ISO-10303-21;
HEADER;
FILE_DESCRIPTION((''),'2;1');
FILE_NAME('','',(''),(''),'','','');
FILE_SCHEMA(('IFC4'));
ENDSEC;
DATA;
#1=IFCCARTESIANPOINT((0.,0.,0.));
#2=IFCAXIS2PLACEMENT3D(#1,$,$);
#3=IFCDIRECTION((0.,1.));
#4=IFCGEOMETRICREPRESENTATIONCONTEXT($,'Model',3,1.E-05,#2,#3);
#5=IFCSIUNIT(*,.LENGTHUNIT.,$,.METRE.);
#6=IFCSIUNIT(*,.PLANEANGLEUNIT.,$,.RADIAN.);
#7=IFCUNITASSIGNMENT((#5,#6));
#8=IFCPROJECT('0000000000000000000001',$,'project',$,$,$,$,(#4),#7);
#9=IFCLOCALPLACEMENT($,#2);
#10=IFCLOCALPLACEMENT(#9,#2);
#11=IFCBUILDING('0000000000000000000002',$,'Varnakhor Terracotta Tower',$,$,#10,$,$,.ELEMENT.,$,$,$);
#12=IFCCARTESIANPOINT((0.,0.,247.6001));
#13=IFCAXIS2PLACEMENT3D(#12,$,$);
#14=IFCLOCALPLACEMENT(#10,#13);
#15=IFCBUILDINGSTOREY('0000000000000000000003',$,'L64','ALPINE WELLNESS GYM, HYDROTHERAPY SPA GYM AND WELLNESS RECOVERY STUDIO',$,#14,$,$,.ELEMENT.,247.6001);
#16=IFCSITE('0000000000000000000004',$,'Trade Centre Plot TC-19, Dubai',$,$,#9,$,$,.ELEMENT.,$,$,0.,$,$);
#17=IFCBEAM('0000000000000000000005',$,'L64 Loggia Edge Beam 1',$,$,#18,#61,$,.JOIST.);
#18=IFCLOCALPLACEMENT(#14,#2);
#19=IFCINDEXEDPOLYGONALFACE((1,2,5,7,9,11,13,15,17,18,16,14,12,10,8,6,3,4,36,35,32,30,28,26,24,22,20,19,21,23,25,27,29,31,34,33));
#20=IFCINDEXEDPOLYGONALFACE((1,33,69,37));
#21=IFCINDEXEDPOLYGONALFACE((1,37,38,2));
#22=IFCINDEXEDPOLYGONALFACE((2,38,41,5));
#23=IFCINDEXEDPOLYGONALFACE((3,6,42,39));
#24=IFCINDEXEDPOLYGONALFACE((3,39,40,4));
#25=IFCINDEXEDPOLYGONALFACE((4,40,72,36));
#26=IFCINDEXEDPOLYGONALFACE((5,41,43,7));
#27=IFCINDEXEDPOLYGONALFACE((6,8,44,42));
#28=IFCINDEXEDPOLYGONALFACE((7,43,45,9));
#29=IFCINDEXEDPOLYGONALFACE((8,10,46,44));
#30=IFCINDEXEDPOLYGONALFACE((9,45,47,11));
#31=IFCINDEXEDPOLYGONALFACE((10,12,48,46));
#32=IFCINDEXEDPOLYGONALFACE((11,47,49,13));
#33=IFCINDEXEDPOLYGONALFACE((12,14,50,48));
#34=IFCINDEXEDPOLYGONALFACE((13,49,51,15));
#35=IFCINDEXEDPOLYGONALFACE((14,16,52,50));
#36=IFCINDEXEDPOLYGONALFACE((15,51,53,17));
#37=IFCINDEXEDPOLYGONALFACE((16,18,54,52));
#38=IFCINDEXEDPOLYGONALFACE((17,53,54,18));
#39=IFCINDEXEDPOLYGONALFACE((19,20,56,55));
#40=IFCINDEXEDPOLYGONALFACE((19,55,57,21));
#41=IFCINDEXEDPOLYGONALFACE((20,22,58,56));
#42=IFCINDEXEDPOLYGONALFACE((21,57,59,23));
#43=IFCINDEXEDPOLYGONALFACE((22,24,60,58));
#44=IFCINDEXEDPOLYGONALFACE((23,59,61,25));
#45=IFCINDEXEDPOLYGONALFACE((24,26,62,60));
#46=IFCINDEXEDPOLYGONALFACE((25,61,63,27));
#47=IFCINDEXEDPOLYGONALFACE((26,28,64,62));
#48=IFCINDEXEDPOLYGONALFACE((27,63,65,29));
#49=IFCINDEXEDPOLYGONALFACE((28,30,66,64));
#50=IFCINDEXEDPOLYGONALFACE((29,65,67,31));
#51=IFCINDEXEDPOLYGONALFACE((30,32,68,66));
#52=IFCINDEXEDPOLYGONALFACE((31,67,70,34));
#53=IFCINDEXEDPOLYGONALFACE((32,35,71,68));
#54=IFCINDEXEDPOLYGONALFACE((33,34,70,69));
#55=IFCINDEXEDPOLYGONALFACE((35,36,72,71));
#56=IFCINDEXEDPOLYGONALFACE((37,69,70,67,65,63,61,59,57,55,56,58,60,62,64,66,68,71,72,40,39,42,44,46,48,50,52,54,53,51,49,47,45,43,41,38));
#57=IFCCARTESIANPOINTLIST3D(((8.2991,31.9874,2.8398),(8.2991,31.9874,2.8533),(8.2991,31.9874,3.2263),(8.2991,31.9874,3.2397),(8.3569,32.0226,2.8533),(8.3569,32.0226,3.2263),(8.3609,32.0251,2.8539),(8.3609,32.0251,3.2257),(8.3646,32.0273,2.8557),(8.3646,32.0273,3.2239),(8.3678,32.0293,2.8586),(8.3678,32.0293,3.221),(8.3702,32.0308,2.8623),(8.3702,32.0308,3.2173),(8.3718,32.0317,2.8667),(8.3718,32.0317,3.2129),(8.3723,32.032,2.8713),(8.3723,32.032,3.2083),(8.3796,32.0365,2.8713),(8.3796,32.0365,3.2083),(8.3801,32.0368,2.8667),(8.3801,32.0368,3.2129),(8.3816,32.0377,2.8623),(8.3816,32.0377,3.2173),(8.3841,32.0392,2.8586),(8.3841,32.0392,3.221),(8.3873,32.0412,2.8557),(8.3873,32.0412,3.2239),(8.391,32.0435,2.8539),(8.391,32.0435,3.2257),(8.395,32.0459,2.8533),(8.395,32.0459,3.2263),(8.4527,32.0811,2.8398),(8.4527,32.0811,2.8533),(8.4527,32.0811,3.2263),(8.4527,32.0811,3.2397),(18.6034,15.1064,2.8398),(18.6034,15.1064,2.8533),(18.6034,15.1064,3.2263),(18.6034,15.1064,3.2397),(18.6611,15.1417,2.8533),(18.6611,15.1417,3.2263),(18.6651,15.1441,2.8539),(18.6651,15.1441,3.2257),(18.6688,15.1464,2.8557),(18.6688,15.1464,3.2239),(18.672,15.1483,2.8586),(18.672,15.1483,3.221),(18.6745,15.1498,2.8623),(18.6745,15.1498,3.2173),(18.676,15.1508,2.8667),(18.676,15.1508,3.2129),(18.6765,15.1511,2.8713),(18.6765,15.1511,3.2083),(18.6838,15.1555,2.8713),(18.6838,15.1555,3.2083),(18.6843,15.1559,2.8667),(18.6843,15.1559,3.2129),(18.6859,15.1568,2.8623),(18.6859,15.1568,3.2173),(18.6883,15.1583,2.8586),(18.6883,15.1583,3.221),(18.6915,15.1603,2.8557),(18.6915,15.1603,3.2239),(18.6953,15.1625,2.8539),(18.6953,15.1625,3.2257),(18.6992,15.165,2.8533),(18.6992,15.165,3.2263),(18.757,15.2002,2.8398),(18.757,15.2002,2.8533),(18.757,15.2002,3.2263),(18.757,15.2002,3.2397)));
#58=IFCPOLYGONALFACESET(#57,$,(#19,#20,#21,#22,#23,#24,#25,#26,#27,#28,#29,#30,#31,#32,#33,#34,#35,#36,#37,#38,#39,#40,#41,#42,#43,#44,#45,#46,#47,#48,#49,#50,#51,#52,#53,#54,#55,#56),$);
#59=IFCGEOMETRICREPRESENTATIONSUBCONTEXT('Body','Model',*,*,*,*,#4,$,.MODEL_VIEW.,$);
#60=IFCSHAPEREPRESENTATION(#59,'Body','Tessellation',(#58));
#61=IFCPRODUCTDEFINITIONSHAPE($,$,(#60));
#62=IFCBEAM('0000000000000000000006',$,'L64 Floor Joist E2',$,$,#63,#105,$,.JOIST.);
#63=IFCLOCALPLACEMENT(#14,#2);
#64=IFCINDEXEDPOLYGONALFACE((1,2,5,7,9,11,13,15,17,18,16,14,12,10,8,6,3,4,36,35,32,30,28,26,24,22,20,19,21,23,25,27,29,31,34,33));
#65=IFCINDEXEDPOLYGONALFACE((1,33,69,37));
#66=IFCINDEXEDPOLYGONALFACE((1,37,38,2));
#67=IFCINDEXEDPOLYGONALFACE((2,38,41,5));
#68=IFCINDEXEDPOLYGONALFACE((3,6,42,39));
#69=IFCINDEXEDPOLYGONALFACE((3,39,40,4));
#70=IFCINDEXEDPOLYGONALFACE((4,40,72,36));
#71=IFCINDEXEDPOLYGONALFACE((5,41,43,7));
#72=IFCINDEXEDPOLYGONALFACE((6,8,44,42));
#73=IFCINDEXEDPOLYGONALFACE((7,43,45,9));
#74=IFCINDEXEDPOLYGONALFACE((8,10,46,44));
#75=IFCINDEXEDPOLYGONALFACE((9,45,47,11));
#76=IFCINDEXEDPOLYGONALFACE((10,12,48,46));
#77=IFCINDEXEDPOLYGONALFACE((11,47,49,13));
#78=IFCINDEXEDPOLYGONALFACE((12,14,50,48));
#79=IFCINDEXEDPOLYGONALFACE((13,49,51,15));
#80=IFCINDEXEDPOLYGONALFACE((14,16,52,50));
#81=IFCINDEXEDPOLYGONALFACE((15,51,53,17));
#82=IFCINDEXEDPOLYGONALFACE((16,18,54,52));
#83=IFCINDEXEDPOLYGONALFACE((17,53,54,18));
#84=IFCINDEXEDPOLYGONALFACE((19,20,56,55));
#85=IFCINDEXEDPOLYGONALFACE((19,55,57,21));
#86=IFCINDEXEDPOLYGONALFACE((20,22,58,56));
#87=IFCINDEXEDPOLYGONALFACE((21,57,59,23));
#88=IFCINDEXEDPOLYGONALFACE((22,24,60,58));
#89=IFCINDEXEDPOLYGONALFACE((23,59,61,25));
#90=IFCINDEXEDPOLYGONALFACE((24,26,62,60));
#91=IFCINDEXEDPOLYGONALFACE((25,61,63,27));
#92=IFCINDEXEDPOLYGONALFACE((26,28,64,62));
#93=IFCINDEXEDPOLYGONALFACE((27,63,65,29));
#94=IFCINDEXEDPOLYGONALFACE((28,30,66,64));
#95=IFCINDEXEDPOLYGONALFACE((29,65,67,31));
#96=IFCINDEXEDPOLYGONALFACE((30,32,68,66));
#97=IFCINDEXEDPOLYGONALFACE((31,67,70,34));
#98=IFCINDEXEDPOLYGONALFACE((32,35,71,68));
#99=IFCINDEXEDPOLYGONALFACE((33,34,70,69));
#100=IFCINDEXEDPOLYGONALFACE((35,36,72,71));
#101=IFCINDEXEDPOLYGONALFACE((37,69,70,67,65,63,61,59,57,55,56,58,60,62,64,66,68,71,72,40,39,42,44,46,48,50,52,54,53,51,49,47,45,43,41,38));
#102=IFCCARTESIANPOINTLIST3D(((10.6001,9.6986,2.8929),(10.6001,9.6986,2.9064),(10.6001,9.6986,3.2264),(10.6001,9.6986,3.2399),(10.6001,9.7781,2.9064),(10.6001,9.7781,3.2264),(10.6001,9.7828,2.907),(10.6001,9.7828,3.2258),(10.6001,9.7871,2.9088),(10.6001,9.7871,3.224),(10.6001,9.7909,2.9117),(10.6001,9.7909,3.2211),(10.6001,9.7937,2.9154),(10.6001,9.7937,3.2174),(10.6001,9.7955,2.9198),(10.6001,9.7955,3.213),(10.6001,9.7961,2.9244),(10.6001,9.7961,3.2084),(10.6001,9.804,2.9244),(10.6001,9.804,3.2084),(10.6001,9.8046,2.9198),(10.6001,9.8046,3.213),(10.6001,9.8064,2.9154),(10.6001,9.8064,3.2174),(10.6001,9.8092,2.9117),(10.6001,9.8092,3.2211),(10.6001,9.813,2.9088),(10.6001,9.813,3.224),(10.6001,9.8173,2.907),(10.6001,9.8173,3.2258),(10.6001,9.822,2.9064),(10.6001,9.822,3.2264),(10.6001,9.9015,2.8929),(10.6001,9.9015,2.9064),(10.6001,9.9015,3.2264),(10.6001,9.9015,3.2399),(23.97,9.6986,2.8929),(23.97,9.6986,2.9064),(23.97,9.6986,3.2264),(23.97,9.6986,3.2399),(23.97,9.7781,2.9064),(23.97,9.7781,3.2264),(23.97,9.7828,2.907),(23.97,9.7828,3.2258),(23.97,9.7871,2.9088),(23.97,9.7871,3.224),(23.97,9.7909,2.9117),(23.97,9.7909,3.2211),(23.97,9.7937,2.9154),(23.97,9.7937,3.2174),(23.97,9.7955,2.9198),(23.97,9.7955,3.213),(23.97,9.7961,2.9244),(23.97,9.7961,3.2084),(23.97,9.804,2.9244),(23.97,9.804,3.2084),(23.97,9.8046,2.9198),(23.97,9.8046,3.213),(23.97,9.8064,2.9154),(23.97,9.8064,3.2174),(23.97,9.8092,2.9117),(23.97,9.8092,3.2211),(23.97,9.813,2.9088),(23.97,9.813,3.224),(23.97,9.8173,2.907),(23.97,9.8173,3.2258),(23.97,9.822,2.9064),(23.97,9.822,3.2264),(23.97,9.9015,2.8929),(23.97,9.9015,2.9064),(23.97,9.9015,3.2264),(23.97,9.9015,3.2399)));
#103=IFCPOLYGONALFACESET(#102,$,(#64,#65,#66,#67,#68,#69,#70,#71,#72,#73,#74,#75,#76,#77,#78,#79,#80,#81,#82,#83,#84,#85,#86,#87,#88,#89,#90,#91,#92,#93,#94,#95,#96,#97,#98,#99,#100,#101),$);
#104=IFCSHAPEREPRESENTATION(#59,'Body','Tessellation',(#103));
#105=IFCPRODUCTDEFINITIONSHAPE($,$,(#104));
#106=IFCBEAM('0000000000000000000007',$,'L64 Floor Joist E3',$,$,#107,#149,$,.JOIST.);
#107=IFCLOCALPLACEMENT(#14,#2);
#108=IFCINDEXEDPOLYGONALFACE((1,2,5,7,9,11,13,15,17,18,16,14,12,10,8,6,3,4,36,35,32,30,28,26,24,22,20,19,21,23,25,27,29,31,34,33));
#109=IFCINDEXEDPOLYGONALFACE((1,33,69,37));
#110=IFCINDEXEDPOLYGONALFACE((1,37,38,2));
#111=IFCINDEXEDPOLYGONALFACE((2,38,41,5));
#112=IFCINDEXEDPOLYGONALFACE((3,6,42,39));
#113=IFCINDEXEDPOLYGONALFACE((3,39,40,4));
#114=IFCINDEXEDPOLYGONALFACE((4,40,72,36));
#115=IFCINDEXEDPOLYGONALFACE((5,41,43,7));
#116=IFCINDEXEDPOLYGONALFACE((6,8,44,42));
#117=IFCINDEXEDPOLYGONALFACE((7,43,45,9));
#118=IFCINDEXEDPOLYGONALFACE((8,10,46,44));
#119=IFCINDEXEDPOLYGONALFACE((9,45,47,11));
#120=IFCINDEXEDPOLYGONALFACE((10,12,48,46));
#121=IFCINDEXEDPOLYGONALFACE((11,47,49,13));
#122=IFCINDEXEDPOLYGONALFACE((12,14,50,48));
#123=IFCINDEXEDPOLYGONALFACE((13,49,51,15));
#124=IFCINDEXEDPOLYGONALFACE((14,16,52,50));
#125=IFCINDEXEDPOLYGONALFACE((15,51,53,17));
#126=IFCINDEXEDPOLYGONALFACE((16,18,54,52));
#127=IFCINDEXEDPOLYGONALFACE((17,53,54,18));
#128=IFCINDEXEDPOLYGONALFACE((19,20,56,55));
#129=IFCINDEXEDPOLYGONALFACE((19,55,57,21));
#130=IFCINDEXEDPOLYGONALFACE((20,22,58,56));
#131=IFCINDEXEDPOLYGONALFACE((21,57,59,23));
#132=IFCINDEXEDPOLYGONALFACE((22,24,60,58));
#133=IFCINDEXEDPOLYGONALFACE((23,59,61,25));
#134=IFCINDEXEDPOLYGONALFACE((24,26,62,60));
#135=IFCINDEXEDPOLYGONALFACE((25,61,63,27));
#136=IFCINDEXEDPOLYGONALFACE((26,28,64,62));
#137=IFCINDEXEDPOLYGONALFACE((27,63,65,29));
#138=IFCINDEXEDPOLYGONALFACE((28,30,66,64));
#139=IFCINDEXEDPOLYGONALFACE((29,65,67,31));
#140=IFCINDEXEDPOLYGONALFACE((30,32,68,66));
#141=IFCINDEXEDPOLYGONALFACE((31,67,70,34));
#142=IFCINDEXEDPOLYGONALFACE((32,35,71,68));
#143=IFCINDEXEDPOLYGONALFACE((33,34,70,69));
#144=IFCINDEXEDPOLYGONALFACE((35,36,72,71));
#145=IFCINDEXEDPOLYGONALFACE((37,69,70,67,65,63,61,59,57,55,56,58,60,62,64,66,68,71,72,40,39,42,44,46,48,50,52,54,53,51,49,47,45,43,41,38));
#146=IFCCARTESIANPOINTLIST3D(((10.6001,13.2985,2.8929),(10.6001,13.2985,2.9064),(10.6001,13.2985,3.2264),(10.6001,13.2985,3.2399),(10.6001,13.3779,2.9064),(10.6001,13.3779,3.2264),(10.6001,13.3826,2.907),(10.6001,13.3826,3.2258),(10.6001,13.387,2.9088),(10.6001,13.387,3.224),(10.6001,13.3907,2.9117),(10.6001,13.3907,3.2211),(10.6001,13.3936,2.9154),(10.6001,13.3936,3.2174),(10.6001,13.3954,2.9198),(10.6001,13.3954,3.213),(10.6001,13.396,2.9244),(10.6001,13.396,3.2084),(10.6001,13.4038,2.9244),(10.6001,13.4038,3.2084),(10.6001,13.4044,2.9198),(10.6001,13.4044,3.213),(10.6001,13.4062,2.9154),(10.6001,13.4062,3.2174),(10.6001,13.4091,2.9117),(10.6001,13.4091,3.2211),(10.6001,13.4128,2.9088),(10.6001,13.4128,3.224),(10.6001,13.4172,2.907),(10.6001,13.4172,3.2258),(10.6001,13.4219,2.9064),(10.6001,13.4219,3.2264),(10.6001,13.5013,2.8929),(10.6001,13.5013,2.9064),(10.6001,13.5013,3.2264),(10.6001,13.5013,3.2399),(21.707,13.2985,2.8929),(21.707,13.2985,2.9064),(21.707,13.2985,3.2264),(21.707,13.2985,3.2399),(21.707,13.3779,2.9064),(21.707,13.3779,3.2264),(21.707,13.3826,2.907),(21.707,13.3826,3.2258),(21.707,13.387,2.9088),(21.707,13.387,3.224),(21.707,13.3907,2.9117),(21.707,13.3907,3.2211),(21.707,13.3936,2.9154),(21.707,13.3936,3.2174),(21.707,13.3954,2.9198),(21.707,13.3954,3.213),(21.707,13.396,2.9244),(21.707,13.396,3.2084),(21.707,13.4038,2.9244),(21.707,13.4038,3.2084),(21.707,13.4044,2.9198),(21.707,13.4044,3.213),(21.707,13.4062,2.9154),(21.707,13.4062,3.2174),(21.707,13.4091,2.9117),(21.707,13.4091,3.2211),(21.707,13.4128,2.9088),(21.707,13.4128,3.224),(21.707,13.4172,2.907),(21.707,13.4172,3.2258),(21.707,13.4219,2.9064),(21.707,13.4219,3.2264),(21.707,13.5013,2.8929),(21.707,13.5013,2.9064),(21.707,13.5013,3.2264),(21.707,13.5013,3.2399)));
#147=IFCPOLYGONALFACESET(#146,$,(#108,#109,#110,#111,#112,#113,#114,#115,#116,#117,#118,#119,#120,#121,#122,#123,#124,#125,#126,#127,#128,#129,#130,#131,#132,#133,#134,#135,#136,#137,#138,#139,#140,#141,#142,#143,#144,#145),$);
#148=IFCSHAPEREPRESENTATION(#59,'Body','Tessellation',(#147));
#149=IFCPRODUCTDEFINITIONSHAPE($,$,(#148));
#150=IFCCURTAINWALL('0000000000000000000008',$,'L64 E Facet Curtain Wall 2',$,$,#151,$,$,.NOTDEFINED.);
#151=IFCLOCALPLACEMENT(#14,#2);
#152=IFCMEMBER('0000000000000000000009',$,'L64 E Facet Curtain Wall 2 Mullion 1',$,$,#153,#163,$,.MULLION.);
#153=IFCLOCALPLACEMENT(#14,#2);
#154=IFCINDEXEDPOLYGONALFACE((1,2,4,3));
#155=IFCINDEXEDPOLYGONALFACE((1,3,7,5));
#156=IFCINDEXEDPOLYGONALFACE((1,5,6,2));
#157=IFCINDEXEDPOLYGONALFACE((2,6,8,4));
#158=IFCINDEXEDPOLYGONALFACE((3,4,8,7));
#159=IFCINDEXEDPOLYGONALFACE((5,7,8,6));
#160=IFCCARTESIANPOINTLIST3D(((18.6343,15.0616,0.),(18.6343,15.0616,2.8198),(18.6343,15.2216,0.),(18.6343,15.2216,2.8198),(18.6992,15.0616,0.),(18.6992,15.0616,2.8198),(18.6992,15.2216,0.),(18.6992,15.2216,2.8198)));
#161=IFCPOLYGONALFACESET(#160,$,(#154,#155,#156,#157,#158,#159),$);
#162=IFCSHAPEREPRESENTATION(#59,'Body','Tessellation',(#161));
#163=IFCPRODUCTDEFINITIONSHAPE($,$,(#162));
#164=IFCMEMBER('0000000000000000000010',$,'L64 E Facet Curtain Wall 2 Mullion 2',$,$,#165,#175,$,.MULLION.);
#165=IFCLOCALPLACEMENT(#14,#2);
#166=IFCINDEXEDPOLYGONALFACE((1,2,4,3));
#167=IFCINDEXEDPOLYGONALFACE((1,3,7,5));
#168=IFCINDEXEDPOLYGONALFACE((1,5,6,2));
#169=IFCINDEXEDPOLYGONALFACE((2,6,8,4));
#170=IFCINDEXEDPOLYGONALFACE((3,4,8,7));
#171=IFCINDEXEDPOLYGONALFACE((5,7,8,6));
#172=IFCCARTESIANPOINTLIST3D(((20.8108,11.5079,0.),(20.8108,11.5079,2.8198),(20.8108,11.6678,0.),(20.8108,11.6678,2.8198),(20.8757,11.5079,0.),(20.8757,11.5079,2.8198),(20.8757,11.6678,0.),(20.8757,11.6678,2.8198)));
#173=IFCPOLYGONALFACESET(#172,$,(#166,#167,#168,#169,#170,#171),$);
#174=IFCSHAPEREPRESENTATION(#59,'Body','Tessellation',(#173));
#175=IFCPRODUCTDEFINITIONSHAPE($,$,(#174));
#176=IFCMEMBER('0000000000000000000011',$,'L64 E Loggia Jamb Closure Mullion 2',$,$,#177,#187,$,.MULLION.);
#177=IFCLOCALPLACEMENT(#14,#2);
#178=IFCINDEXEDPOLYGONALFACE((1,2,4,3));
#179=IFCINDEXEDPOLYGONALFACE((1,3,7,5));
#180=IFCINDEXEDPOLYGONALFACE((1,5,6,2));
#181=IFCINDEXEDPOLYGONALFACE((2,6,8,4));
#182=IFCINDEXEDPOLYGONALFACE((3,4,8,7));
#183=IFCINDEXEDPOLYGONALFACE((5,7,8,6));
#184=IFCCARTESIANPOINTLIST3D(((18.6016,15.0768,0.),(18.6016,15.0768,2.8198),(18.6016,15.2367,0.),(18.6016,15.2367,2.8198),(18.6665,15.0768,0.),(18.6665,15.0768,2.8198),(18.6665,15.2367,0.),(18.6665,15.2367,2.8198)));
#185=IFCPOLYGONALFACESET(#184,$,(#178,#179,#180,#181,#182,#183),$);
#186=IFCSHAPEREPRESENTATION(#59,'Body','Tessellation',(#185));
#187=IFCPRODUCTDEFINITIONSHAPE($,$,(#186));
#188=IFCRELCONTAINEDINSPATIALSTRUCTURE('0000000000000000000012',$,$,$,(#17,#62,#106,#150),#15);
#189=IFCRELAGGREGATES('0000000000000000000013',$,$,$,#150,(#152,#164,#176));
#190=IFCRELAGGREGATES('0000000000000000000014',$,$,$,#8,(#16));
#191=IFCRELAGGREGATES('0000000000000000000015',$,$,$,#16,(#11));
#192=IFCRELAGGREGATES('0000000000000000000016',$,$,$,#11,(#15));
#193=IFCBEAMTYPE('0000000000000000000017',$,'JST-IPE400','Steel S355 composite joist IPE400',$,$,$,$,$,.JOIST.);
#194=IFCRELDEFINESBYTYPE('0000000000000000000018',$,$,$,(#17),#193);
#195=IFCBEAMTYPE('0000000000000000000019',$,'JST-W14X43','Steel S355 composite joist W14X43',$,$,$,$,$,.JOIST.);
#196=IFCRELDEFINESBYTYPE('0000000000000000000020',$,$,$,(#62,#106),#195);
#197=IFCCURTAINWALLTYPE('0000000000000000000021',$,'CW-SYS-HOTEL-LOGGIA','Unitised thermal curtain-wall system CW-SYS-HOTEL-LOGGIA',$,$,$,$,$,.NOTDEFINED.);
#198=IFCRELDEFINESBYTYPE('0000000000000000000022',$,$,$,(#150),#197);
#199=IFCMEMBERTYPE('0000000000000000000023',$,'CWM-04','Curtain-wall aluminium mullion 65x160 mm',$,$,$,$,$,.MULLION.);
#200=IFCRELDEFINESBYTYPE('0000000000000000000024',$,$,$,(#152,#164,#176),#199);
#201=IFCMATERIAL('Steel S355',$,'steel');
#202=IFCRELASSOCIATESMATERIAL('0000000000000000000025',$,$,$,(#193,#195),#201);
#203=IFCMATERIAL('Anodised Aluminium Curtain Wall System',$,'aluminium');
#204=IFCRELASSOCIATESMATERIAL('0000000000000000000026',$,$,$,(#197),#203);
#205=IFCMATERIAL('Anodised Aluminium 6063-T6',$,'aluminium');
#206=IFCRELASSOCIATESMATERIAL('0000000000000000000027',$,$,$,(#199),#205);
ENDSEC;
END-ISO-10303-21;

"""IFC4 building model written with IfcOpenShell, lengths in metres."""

from ifc_helpers import new_model, si_unit, direction, frame, origin, origin_2d, place, context, subcontext, project, spatial, rectangle, i_section, extrude, source, transform, mapped, material, material_profile, profile_set, type_object, element, aggregate, save


model = new_model("IFC4")

# Units and contexts
model_context = context("Model", 3, precision=1e-05, world=origin(), true_north=direction((0.0, 1.0)))
body_context = subcontext(model_context, "Body", "Model", "MODEL_VIEW")
ifc_project = project(units=[si_unit("LENGTHUNIT", "METRE"), si_unit("PLANEANGLEUNIT", "RADIAN")], contexts=[model_context])

# Site, building, storey
site_placement = place(None, origin())
site = spatial("IfcSite", under=ifc_project, at=site_placement, Name="Trade Centre Plot TC-19, Dubai", CompositionType="ELEMENT", RefElevation=0.0)
building_placement = place(site_placement, origin())
building = spatial("IfcBuilding", under=site, at=building_placement, Name="Varnakhor Terracotta Tower", CompositionType="ELEMENT")
storey_placement = place(building_placement, frame((0.0, 0.0, 247.6001)))
storey = spatial("IfcBuildingStorey", under=building, at=storey_placement, Name="L64", Description="ALPINE WELLNESS GYM, HYDROTHERAPY SPA GYM AND WELLNESS RECOVERY STUDIO", CompositionType="ELEMENT", Elevation=247.6001)

# Beams
ifc_material_1 = material(Name="Steel S355", Category="steel")
ifc_material_profile_1 = material_profile(ifc_material_1, i_section(OverallWidth=0.1799, OverallDepth=0.3999, WebThickness=0.0085, FlangeThickness=0.0134, FilletRadius=0.0181, at=origin_2d()), Name="IPE400")
ifc_profile_set_1 = profile_set([ifc_material_profile_1], Name="Steel S355")
beam_type_1 = type_object("IfcBeamType", Name="JST-IPE400", Description="Steel S355 composite joist IPE400", PredefinedType="JOIST", material=ifc_profile_set_1)
shared_shape_1 = source(origin(), body_context, "Body", "SweptSolid", [
    extrude(i_section(OverallWidth=0.1799, OverallDepth=0.3999, WebThickness=0.0085, FlangeThickness=0.0134, FilletRadius=0.0181, at=origin_2d()), origin(), (0.0, 0.0, 1.0), 19.7773),
])
beam_1_placement = place(storey_placement, frame((18.6802, 15.1533, 3.0398), z_axis=(-0.521013, 0.853549, 0.0), x_axis=(-0.853549, -0.521013, 0.0)))
element("IfcBeam", 1, at=beam_1_placement, inside=storey, type_object=beam_type_1, Name="L64 Loggia Edge Beam 1", PredefinedType="JOIST", context=body_context, shape_type="MappedRepresentation", body=[
    mapped(shared_shape_1, transform((0.0, 0.0, 0.0), scale=1.0)),
])
ifc_material_profile_2 = material_profile(ifc_material_1, i_section(OverallWidth=0.2029, OverallDepth=0.3469, WebThickness=0.0078, FlangeThickness=0.0134, FilletRadius=0.0181, at=origin_2d()), Name="W14X43")
ifc_profile_set_2 = profile_set([ifc_material_profile_2], Name="Steel S355")
beam_type_2 = type_object("IfcBeamType", Name="JST-W14X43", Description="Steel S355 composite joist W14X43", PredefinedType="JOIST", material=ifc_profile_set_2)
shared_shape_2 = source(origin(), body_context, "Body", "SweptSolid", [
    extrude(i_section(OverallWidth=0.2029, OverallDepth=0.3469, WebThickness=0.0078, FlangeThickness=0.0134, FilletRadius=0.0181, at=origin_2d()), origin(), (0.0, 0.0, 1.0), 13.3699),
])
beam_2_placement = place(storey_placement, frame((10.6001, 9.8, 3.0664), z_axis=(1.0, 0.0, 0.0), x_axis=(0.0, 1.0, 0.0)))
element("IfcBeam", 2, at=beam_2_placement, inside=storey, type_object=beam_type_2, Name="L64 Floor Joist E2", PredefinedType="JOIST", context=body_context, shape_type="MappedRepresentation", body=[
    mapped(shared_shape_2, transform((0.0, 0.0, 0.0), scale=1.0)),
])
shared_shape_3 = source(origin(), body_context, "Body", "SweptSolid", [
    extrude(i_section(OverallWidth=0.2029, OverallDepth=0.3469, WebThickness=0.0078, FlangeThickness=0.0134, FilletRadius=0.0181, at=origin_2d()), origin(), (0.0, 0.0, 1.0), 11.1069),
])
beam_3_placement = place(storey_placement, frame((10.6001, 13.3999, 3.0664), z_axis=(1.0, 0.0, 0.0), x_axis=(0.0, 1.0, 0.0)))
element("IfcBeam", 3, at=beam_3_placement, inside=storey, type_object=beam_type_2, Name="L64 Floor Joist E3", PredefinedType="JOIST", context=body_context, shape_type="MappedRepresentation", body=[
    mapped(shared_shape_3, transform((0.0, 0.0, 0.0), scale=1.0)),
])

# Curtain wall, members
ifc_material_2 = material(Name="Anodised Aluminium Curtain Wall System", Category="aluminium")
curtain_wall_type = type_object("IfcCurtainWallType", Name="CW-SYS-HOTEL-LOGGIA", Description="Unitised thermal curtain-wall system CW-SYS-HOTEL-LOGGIA", PredefinedType="NOTDEFINED", material=ifc_material_2)
curtain_wall_placement = place(storey_placement, origin())
curtain_wall = element("IfcCurtainWall", 4, at=curtain_wall_placement, inside=storey, type_object=curtain_wall_type, Name="L64 E Facet Curtain Wall 2", PredefinedType="NOTDEFINED")
ifc_material_3 = material(Name="Anodised Aluminium 6063-T6", Category="aluminium")
ifc_material_profile_3 = material_profile(ifc_material_3, rectangle(XDim=0.0649, YDim=0.1599, at=origin_2d()), Name="ALU MULLION 65x160")
ifc_profile_set_3 = profile_set([ifc_material_profile_3], Name="Anodised Aluminium 6063-T6")
member_type_1 = type_object("IfcMemberType", Name="CWM-04", Description="Curtain-wall aluminium mullion 65x160 mm", PredefinedType="MULLION", material=ifc_profile_set_3)
shared_shape_4 = source(origin(), body_context, "Body", "SweptSolid", [
    extrude(rectangle(XDim=0.0649, YDim=0.1599, at=origin_2d()), origin(), (0.0, 0.0, 1.0), 2.8198),
])
member_1_placement = place(storey_placement, frame((18.6667, 15.1416, 0.0), z_axis=(0.0, 0.0, 1.0), x_axis=(1.0, 0.0, 0.0)))
member_1 = element("IfcMember", 5, at=member_1_placement, type_object=member_type_1, Name="L64 E Facet Curtain Wall 2 Mullion 1", PredefinedType="MULLION", context=body_context, shape_type="MappedRepresentation", body=[
    mapped(shared_shape_4, transform((0.0, 0.0, 0.0), scale=1.0)),
])
member_2_placement = place(storey_placement, frame((20.8433, 11.5879, 0.0), z_axis=(0.0, 0.0, 1.0), x_axis=(1.0, 0.0, 0.0)))
member_2 = element("IfcMember", 6, at=member_2_placement, type_object=member_type_1, Name="L64 E Facet Curtain Wall 2 Mullion 2", PredefinedType="MULLION", context=body_context, shape_type="MappedRepresentation", body=[
    mapped(shared_shape_4, transform((0.0, 0.0, 0.0), scale=1.0)),
])
member_3_placement = place(storey_placement, frame((18.634, 15.1567, 0.0), z_axis=(0.0, 0.0, 1.0), x_axis=(1.0, 0.0, 0.0)))
member_3 = element("IfcMember", 7, at=member_3_placement, type_object=member_type_1, Name="L64 E Loggia Jamb Closure Mullion 2", PredefinedType="MULLION", context=body_context, shape_type="MappedRepresentation", body=[
    mapped(shared_shape_4, transform((0.0, 0.0, 0.0), scale=1.0)),
])

aggregate(curtain_wall, [member_1, member_2, member_3])

save(model, "model.ifc")
